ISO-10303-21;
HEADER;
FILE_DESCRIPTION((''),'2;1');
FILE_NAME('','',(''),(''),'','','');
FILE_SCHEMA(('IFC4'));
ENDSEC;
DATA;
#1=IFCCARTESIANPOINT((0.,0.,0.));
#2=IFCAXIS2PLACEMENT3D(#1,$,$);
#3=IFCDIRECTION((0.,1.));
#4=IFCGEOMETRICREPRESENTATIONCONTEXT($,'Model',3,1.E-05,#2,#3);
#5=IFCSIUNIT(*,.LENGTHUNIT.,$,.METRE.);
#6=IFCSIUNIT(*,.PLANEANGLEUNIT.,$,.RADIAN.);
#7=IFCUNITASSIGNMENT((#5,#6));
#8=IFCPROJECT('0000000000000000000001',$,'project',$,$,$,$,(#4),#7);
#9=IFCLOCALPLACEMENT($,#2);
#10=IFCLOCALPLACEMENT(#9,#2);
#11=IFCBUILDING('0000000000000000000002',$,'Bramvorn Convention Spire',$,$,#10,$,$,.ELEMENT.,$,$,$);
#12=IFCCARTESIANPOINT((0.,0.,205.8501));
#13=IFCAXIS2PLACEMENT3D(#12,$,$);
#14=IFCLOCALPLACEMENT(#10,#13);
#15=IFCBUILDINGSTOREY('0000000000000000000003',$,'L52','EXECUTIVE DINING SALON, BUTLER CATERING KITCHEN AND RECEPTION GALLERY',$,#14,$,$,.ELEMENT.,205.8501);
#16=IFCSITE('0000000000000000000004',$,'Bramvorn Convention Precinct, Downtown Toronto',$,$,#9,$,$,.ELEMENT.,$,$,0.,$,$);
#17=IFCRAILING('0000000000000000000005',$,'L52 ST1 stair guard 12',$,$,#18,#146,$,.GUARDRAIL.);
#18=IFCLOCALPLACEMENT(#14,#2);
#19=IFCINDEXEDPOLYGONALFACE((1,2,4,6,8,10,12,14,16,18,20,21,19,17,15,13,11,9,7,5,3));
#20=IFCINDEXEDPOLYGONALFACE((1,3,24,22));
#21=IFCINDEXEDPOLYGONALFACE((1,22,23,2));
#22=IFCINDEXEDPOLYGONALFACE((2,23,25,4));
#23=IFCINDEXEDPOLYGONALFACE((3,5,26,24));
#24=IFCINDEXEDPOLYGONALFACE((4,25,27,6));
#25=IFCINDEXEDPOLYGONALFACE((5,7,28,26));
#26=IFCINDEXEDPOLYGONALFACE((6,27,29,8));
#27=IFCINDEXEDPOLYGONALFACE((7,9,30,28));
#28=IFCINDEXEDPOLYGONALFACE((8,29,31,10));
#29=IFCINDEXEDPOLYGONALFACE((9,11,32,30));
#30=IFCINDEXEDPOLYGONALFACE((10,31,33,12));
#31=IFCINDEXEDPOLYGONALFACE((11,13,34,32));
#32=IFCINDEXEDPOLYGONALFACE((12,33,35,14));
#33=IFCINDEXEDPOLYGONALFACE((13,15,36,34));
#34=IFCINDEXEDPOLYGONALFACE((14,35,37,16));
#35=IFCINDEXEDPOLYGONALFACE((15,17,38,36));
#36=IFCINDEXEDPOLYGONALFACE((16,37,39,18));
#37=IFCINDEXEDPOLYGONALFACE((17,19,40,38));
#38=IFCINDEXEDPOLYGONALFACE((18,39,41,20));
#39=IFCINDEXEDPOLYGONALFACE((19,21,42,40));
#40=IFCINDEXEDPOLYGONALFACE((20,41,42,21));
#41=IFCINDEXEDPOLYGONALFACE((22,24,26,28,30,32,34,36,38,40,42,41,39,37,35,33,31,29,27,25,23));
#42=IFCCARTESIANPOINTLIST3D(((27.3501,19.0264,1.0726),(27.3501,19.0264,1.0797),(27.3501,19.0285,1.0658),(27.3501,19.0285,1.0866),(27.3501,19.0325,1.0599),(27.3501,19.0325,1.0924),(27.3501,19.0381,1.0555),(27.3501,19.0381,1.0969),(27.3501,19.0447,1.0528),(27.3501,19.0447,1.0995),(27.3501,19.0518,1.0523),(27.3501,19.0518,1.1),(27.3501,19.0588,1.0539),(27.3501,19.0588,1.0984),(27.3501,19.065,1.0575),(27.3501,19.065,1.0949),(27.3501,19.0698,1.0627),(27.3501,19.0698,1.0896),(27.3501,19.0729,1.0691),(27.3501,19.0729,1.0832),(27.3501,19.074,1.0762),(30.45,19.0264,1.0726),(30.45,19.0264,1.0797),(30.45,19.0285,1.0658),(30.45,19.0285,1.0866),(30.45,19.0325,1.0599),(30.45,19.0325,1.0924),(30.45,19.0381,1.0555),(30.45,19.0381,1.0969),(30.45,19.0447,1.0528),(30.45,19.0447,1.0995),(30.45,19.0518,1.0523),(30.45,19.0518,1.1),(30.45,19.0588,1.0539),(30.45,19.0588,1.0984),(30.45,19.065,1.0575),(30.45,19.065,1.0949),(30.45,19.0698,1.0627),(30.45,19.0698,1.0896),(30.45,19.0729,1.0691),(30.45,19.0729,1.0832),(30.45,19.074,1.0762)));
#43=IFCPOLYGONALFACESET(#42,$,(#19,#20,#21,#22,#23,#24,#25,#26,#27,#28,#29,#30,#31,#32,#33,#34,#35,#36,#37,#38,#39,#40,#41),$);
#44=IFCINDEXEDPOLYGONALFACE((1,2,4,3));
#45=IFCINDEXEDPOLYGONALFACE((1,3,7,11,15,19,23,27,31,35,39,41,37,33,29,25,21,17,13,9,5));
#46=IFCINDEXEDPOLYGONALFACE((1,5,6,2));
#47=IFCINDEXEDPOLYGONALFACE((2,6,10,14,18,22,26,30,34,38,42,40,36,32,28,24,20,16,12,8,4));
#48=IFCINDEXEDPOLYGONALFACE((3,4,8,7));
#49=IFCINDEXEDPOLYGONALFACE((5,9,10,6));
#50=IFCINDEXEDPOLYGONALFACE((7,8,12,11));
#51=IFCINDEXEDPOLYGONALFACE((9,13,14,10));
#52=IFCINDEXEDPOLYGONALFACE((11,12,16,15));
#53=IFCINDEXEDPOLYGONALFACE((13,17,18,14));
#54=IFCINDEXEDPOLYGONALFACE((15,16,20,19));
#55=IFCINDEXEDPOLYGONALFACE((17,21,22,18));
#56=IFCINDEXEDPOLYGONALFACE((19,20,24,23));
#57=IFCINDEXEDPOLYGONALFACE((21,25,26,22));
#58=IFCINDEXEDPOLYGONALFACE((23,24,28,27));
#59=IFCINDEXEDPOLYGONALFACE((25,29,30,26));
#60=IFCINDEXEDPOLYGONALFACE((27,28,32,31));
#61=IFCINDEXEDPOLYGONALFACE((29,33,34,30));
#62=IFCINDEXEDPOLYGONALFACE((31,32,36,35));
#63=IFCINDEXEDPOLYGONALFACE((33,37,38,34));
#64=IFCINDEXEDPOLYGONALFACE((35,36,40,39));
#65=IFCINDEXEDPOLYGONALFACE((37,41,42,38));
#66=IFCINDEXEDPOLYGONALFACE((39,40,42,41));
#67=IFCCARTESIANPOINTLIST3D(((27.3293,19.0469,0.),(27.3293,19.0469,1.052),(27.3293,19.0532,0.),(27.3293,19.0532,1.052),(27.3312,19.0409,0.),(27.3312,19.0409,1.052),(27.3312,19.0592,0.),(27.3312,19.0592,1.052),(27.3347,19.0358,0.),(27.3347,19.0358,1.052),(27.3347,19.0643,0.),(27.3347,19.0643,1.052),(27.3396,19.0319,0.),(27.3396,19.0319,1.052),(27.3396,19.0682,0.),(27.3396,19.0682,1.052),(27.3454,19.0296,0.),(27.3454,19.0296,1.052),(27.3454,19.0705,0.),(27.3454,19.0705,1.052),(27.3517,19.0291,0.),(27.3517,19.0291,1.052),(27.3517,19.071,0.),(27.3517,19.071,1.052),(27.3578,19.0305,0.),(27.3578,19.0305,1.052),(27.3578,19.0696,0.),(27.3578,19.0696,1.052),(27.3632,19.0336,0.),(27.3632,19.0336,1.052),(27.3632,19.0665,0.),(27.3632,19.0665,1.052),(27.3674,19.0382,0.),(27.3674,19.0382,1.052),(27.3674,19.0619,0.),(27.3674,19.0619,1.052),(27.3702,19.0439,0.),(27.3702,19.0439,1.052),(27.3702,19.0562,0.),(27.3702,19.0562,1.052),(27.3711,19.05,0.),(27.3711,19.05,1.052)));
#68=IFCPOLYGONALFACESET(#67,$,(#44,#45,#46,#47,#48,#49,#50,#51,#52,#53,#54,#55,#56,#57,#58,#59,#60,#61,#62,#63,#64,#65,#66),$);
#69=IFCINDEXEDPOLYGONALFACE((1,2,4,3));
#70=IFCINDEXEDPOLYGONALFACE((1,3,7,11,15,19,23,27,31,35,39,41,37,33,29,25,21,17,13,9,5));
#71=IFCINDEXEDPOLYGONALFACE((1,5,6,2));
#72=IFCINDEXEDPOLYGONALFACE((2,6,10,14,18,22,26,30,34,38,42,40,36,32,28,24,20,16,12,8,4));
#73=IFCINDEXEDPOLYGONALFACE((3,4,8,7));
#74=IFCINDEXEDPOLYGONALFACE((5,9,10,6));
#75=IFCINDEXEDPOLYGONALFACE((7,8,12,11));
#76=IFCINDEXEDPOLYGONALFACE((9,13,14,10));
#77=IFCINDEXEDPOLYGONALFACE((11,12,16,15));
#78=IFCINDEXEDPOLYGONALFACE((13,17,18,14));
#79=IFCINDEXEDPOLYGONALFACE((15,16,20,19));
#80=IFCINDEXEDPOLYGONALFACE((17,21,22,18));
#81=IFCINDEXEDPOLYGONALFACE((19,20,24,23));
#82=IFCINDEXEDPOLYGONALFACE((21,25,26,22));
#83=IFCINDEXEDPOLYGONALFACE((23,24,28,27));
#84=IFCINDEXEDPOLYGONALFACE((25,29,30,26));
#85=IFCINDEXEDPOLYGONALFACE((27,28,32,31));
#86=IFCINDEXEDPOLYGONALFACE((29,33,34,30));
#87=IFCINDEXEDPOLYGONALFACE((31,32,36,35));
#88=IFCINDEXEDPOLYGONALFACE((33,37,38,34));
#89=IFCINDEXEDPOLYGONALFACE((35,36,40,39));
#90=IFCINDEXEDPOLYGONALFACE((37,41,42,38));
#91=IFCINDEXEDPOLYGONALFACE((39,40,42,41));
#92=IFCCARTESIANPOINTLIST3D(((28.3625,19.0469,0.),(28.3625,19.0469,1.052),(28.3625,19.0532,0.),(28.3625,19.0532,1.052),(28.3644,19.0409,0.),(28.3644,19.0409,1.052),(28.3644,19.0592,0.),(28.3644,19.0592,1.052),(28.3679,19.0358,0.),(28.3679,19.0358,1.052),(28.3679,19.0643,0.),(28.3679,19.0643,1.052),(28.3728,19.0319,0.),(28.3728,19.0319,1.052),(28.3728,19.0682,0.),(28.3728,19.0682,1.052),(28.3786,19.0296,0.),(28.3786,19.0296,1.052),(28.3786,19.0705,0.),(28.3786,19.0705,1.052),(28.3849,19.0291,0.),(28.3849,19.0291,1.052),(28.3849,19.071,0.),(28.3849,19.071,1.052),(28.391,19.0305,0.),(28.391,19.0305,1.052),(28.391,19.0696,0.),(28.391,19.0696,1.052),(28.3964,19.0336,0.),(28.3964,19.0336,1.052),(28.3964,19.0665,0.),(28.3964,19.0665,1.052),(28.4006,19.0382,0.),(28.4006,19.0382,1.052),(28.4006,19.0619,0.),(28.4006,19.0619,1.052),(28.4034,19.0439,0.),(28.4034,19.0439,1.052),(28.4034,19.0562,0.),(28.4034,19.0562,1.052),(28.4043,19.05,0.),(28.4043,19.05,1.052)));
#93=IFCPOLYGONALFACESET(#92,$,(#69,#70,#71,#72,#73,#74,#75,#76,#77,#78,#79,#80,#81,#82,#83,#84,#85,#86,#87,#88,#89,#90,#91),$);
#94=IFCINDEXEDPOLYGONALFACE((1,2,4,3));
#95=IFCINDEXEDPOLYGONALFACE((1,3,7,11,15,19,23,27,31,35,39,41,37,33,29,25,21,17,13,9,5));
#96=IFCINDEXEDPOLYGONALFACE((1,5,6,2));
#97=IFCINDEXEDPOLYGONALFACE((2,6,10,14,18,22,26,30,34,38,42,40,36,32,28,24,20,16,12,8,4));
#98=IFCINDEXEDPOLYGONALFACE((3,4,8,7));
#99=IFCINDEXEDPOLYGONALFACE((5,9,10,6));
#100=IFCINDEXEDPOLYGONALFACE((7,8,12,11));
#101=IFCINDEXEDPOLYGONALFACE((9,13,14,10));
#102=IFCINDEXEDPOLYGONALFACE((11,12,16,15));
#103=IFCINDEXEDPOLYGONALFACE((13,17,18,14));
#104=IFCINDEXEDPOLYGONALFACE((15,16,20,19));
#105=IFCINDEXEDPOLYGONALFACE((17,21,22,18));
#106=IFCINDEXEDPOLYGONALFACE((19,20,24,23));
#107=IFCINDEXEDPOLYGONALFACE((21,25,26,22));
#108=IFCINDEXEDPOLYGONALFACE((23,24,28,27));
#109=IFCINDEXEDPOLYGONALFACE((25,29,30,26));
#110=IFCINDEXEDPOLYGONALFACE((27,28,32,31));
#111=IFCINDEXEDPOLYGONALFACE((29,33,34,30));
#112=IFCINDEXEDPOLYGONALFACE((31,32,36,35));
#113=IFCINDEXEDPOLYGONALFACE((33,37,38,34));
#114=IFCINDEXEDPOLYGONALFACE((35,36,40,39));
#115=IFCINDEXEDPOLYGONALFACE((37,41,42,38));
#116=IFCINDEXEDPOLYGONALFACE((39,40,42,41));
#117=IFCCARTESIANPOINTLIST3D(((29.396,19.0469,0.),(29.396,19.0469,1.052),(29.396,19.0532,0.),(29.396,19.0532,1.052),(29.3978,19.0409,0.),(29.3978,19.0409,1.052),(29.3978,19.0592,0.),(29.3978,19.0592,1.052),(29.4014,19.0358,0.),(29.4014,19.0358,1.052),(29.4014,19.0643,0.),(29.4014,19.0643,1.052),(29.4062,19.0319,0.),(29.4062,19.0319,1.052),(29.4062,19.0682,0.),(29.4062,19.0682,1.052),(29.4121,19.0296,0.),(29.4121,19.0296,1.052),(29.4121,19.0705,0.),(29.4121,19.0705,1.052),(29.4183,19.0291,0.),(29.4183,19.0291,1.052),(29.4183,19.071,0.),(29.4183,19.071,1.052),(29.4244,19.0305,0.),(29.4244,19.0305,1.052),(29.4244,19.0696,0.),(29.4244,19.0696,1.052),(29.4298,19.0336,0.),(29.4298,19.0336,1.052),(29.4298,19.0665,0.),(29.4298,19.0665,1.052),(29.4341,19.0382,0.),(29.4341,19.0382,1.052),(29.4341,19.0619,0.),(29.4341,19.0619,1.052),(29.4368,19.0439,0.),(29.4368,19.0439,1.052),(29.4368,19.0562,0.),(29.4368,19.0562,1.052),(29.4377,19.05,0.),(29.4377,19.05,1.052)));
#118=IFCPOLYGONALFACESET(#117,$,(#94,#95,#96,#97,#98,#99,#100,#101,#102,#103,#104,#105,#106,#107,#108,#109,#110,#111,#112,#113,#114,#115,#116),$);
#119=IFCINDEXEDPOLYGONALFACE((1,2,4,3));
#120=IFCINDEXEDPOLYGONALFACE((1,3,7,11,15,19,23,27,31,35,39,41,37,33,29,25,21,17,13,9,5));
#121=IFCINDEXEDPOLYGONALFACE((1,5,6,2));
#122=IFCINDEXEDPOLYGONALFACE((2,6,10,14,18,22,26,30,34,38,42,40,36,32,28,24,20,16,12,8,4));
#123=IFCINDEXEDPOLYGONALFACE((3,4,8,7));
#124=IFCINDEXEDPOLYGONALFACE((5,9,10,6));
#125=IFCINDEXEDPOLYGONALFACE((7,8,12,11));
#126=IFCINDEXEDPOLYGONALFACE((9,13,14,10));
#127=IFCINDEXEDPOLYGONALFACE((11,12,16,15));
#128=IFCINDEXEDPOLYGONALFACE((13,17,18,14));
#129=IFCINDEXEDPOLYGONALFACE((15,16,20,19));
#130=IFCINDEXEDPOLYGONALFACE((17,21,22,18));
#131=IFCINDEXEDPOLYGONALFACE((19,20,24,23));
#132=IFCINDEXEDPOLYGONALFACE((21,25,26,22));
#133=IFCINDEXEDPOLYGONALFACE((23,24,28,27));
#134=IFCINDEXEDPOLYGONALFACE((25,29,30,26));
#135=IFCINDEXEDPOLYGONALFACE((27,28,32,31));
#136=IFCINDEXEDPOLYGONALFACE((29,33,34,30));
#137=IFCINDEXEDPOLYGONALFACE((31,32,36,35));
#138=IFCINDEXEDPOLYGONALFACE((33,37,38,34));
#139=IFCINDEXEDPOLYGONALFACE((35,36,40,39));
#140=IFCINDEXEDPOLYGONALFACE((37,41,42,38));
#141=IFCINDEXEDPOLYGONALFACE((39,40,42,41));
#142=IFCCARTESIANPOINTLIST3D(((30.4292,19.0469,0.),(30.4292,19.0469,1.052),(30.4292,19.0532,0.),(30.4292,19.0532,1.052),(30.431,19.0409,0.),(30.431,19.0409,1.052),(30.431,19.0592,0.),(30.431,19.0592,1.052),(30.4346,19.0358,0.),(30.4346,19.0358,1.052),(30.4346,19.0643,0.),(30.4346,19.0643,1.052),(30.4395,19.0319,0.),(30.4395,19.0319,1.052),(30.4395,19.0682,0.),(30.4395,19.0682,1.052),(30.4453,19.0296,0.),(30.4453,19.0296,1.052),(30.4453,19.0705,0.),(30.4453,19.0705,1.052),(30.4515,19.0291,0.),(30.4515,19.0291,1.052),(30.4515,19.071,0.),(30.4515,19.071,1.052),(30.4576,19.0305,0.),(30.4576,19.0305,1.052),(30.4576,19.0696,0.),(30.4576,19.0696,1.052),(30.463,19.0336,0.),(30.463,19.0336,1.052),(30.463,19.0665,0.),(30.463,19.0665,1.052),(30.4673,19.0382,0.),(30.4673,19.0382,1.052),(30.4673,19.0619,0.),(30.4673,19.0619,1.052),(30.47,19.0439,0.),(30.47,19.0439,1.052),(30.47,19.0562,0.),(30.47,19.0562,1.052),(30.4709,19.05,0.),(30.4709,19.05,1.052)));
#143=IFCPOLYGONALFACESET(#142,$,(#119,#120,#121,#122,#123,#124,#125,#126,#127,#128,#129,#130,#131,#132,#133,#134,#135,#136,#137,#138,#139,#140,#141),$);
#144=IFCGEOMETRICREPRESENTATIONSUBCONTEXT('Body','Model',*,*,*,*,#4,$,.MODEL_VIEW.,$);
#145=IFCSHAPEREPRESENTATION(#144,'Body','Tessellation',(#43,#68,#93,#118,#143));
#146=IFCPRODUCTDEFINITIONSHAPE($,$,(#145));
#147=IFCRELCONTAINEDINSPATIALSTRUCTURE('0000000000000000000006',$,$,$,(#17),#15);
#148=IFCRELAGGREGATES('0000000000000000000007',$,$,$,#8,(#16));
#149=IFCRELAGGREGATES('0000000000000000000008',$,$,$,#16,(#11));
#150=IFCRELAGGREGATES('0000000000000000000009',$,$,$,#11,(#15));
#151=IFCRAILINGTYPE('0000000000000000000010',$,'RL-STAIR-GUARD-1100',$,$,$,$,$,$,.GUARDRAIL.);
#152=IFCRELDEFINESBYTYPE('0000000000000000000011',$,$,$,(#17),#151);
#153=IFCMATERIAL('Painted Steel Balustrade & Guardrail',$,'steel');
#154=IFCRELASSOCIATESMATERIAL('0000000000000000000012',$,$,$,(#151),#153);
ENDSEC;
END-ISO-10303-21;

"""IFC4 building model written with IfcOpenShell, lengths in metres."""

from ifc_helpers import new_model, si_unit, direction, frame, origin, origin_2d, place, context, subcontext, project, spatial, circle, extrude, material, type_object, element, save


model = new_model("IFC4")

# Units and contexts
model_context = context("Model", 3, precision=1e-05, world=origin(), true_north=direction((0.0, 1.0)))
body_context = subcontext(model_context, "Body", "Model", "MODEL_VIEW")
ifc_project = project(units=[si_unit("LENGTHUNIT", "METRE"), si_unit("PLANEANGLEUNIT", "RADIAN")], contexts=[model_context])

# Site, building, storey
site_placement = place(None, origin())
site = spatial("IfcSite", under=ifc_project, at=site_placement, Name="Bramvorn Convention Precinct, Downtown Toronto", CompositionType="ELEMENT", RefElevation=0.0)
building_placement = place(site_placement, origin())
building = spatial("IfcBuilding", under=site, at=building_placement, Name="Bramvorn Convention Spire", CompositionType="ELEMENT")
storey_placement = place(building_placement, frame((0.0, 0.0, 205.8501)))
storey = spatial("IfcBuildingStorey", under=building, at=storey_placement, Name="L52", Description="EXECUTIVE DINING SALON, BUTLER CATERING KITCHEN AND RECEPTION GALLERY", CompositionType="ELEMENT", Elevation=205.8501)

# Railing
ifc_material_1 = material(Name="Painted Steel Balustrade & Guardrail", Category="steel")
railing_type_1 = type_object("IfcRailingType", Name="RL-STAIR-GUARD-1100", PredefinedType="GUARDRAIL", material=ifc_material_1)
railing_1_placement = place(storey_placement, frame((27.3501, 19.05, 0.0)))
element("IfcRailing", 1, at=railing_1_placement, inside=storey, type_object=railing_type_1, Name="L52 ST1 stair guard 12", PredefinedType="GUARDRAIL", context=body_context, shape_type="SweptSolid", body=[
    extrude(circle(Radius=0.0239, at=origin_2d()), frame((0.0, 0.0, 1.0762), z_axis=(1.0, 0.0, 0.0), x_axis=(0.0, 1.0, 0.0)), (0.0, 0.0, 1.0), 3.0999),
    extrude(circle(Radius=0.021, at=origin_2d()), origin(), (0.0, 0.0, 1.0), 1.052),
    extrude(circle(Radius=0.021, at=origin_2d()), frame((1.0332, 0.0, 0.0)), (0.0, 0.0, 1.0), 1.052),
    extrude(circle(Radius=0.021, at=origin_2d()), frame((2.0667, 0.0, 0.0)), (0.0, 0.0, 1.0), 1.052),
    extrude(circle(Radius=0.021, at=origin_2d()), frame((3.0999, 0.0, 0.0)), (0.0, 0.0, 1.0), 1.052),
])

save(model, "model.ifc")
